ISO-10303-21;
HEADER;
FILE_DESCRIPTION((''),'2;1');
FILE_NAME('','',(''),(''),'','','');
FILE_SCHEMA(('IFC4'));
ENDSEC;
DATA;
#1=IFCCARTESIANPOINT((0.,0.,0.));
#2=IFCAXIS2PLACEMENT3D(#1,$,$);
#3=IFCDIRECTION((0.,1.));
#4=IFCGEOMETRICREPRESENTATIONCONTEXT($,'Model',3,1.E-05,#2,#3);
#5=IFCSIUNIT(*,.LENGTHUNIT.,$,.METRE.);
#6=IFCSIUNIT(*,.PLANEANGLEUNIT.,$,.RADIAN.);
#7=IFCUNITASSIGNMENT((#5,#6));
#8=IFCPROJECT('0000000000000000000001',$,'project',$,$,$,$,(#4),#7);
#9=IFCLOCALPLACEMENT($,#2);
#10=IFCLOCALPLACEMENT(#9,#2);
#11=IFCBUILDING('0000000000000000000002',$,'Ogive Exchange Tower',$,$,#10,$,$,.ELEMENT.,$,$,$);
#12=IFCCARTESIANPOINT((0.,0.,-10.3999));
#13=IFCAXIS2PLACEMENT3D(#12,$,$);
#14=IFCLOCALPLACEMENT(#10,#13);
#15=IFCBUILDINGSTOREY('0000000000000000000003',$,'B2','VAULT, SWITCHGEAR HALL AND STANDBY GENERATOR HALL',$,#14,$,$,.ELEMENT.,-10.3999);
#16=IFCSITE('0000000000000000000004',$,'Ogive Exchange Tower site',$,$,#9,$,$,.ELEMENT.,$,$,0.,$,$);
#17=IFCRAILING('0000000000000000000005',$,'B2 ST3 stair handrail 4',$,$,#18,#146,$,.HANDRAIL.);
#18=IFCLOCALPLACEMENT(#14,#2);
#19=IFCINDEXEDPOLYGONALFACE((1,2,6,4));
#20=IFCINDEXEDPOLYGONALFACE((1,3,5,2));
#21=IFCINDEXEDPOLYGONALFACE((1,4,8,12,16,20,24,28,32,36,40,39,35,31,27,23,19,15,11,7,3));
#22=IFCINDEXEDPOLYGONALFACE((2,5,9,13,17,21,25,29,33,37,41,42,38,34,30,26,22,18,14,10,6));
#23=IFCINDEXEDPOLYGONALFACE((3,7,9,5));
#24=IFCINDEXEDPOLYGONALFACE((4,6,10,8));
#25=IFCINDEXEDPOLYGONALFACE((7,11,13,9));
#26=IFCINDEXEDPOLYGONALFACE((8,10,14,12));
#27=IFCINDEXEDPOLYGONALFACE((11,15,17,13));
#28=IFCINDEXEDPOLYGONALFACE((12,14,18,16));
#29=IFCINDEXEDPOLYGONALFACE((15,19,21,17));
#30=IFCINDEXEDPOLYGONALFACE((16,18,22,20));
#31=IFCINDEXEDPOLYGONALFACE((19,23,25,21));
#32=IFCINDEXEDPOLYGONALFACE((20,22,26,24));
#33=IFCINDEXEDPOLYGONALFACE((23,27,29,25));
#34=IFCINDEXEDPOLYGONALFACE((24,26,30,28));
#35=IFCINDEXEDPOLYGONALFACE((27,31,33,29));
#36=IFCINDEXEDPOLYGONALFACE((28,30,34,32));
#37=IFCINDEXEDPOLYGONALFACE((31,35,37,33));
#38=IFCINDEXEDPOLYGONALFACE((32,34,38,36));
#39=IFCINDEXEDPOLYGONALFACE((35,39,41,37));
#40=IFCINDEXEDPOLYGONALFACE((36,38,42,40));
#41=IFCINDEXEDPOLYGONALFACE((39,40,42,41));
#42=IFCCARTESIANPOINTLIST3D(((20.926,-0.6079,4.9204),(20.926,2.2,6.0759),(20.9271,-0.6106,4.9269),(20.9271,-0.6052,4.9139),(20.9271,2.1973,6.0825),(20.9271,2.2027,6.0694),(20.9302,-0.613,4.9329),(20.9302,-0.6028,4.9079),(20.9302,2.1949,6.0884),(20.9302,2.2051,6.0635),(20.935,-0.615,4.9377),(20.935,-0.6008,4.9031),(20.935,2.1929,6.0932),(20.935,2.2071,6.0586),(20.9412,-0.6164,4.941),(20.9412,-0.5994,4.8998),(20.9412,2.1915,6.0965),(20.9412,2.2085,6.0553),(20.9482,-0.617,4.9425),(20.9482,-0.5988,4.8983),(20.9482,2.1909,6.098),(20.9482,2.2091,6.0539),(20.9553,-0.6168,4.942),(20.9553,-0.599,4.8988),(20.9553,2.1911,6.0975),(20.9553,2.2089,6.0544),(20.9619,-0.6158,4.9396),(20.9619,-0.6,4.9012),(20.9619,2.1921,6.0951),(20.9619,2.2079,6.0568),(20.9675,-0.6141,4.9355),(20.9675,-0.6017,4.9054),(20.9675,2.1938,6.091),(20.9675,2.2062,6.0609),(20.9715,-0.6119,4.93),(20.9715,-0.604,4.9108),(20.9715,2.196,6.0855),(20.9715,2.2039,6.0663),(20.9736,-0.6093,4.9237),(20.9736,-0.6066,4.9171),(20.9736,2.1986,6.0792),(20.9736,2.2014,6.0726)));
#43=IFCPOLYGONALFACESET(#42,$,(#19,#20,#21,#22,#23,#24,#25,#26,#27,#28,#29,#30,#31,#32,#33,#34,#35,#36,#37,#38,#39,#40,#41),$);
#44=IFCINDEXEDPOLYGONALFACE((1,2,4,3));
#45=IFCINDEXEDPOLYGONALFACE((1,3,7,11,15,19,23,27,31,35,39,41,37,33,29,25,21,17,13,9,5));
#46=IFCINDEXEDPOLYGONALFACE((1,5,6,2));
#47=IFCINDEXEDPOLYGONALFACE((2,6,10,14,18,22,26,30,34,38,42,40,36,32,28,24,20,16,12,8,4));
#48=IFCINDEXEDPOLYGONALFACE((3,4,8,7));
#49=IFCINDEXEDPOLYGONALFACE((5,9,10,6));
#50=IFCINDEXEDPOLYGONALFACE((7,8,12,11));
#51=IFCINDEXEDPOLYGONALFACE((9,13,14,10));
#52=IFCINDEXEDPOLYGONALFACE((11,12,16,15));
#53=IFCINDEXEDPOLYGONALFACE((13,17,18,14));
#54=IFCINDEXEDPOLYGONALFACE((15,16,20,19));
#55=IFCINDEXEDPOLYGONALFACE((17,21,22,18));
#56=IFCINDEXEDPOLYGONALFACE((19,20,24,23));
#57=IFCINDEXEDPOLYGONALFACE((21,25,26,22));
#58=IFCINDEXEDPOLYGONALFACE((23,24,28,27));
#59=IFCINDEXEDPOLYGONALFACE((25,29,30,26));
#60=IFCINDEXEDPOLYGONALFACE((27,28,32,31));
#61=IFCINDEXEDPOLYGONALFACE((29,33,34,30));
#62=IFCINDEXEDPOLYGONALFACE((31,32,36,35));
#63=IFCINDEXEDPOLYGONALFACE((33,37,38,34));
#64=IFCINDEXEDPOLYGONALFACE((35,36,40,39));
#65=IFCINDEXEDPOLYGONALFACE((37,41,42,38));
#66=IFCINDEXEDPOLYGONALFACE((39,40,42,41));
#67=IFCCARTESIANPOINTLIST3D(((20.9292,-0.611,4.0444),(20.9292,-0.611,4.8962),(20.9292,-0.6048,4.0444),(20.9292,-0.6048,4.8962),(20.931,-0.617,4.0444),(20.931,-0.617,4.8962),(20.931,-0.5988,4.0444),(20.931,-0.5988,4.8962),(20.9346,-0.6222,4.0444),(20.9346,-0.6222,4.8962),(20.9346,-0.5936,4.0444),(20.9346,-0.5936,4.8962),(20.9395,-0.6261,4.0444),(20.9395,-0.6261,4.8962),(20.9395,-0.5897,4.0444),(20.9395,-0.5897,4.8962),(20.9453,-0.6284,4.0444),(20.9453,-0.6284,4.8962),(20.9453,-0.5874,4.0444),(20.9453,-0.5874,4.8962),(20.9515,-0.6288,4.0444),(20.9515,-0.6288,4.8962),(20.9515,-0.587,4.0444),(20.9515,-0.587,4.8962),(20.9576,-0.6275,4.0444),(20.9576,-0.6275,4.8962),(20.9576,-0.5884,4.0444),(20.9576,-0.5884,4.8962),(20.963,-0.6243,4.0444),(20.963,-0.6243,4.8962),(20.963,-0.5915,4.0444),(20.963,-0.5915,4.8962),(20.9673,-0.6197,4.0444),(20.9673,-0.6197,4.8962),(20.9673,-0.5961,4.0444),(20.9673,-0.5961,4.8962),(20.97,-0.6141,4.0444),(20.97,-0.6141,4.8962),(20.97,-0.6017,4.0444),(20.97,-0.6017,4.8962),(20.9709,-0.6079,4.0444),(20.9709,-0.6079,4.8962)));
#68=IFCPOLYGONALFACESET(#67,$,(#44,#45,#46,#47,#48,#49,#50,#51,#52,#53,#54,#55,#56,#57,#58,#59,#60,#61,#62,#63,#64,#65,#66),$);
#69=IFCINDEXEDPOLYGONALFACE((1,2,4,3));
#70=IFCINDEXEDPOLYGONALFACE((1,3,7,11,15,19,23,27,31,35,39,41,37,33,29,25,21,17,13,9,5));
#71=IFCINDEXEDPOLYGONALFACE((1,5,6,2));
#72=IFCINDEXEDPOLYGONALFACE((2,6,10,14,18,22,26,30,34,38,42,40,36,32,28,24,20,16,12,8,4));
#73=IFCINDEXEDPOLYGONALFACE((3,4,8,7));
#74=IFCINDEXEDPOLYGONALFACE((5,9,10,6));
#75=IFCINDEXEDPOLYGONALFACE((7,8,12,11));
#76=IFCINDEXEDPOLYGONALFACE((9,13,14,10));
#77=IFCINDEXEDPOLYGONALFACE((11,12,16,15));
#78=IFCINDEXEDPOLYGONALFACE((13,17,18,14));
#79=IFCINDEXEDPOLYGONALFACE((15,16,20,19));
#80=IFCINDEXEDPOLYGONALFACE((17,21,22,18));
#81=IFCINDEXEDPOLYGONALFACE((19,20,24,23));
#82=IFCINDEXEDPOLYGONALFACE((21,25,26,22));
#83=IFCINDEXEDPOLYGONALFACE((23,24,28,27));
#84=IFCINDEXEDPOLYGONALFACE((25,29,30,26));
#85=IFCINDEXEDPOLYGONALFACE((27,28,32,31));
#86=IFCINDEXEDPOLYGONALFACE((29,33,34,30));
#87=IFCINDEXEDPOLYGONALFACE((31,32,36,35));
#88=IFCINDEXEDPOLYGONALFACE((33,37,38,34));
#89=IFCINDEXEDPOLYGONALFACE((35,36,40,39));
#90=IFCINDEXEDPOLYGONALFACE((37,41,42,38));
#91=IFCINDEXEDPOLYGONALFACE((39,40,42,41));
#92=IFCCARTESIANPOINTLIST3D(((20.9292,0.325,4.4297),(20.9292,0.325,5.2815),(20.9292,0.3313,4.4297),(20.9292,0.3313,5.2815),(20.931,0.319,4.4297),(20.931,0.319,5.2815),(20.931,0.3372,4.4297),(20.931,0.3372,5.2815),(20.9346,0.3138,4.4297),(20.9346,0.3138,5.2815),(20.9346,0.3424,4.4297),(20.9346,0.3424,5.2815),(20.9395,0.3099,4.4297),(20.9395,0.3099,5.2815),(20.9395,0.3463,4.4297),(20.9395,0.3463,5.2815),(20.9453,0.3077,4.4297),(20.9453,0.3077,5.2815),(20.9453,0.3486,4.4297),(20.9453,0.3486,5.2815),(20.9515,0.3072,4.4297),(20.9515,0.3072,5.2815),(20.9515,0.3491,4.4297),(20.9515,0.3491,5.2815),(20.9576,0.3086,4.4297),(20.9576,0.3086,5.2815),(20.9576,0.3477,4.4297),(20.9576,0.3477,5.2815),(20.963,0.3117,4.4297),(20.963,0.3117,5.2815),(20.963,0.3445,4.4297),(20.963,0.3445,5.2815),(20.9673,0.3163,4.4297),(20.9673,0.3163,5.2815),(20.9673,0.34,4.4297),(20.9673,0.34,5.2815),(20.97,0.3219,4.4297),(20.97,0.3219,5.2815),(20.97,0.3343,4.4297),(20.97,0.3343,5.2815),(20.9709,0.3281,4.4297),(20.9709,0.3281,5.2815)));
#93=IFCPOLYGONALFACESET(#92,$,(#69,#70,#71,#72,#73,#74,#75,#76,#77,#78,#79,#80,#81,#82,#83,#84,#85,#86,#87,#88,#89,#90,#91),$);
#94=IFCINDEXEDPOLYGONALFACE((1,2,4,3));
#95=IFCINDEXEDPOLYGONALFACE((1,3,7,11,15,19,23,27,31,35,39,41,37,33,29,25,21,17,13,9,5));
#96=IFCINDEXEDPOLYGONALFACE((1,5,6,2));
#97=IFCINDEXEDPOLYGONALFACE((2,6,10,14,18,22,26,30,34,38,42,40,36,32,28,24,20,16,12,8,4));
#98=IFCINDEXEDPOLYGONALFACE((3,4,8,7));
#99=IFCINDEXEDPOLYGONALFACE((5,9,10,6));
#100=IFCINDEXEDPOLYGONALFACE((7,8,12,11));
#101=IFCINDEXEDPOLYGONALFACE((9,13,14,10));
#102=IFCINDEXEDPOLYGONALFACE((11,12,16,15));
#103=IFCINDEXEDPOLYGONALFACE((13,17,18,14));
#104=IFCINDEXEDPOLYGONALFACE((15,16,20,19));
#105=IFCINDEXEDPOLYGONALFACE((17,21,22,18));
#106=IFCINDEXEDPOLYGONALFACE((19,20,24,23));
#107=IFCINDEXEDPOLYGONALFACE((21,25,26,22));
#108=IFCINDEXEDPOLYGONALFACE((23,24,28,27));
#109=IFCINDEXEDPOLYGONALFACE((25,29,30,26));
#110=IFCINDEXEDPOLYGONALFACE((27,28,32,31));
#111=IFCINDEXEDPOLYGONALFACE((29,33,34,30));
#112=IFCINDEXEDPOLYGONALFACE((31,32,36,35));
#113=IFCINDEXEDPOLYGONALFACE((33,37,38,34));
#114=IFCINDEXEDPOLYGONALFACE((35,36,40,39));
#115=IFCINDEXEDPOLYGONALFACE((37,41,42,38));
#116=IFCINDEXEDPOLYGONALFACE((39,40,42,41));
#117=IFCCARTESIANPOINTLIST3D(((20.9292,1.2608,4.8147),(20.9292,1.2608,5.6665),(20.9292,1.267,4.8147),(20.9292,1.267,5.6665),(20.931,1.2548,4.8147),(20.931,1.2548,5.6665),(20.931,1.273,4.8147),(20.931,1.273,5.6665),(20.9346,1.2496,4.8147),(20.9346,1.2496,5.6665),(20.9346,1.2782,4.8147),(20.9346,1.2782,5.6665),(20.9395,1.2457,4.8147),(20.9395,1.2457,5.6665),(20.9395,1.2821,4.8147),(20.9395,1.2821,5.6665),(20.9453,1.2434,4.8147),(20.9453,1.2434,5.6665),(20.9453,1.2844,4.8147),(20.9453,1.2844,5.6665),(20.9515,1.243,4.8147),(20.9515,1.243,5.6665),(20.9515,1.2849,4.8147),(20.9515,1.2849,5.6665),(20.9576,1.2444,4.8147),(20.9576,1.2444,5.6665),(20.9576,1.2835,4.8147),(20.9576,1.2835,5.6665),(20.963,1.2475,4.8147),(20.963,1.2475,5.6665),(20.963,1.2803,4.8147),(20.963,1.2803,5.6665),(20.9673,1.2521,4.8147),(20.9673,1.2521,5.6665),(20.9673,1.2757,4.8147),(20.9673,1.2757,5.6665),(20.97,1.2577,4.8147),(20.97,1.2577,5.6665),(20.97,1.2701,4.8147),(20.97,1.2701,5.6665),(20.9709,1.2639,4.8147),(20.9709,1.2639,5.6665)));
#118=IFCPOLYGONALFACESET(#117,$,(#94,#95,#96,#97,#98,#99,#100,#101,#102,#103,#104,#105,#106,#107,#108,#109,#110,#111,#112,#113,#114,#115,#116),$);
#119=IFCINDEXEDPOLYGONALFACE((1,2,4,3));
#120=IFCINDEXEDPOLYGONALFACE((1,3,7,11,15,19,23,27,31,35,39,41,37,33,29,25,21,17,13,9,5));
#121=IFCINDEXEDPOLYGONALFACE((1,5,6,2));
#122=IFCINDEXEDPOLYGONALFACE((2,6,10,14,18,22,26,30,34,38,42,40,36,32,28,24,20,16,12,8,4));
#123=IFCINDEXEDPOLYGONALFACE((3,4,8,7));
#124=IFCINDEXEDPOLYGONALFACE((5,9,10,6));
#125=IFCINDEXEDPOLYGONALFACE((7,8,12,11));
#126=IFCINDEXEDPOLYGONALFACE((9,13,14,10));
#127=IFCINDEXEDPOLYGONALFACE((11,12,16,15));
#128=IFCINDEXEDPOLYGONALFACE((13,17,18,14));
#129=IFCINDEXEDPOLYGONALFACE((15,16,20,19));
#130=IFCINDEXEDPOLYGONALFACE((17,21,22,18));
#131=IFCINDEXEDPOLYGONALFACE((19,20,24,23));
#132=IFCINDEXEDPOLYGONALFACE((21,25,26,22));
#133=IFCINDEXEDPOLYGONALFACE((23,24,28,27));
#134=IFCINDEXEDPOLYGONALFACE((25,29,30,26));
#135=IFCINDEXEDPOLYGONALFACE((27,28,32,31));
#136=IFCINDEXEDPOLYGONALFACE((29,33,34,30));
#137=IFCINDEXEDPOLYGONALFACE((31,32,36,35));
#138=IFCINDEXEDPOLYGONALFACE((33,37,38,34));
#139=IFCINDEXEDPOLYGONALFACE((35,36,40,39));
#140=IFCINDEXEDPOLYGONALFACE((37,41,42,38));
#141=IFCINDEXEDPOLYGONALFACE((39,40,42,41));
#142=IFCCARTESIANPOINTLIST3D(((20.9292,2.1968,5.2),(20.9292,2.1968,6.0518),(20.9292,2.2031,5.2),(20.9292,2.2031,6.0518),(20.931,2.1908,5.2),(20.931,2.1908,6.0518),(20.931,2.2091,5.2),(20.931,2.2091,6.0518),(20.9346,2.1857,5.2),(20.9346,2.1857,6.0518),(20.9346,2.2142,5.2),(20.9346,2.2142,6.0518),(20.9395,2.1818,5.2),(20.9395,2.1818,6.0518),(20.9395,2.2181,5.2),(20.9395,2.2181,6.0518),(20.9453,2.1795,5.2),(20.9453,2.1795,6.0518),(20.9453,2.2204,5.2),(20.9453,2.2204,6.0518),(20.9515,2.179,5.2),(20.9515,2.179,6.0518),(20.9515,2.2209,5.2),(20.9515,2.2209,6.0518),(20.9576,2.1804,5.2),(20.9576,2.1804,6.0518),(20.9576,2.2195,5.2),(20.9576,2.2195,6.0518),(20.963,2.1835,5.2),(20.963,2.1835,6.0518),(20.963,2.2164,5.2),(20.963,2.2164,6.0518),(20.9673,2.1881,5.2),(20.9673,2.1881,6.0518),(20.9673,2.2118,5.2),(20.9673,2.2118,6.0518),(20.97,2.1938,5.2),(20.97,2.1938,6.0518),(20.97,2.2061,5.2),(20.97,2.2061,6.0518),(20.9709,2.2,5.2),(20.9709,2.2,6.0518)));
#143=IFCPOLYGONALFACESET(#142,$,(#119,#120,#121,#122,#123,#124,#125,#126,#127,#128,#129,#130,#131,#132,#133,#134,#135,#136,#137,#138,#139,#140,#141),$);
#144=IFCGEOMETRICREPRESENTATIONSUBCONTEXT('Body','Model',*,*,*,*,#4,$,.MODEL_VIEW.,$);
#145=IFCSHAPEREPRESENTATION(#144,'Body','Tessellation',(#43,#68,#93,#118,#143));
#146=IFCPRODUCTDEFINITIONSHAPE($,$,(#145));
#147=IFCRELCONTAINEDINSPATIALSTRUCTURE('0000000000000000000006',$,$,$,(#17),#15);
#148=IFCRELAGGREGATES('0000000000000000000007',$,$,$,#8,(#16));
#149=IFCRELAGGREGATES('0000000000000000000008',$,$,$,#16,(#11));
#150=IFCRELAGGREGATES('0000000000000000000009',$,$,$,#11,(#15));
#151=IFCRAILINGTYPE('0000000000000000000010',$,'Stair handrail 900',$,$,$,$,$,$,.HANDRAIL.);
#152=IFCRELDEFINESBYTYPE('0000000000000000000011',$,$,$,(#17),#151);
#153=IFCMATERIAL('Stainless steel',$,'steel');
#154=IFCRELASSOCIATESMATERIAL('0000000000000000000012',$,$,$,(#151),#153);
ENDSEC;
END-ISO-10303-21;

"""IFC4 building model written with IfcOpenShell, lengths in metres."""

from ifc_helpers import new_model, si_unit, direction, frame, origin, origin_2d, place, context, subcontext, project, spatial, circle, extrude, material, type_object, element, save


model = new_model("IFC4")

# Units and contexts
model_context = context("Model", 3, precision=1e-05, world=origin(), true_north=direction((0.0, 1.0)))
body_context = subcontext(model_context, "Body", "Model", "MODEL_VIEW")
ifc_project = project(units=[si_unit("LENGTHUNIT", "METRE"), si_unit("PLANEANGLEUNIT", "RADIAN")], contexts=[model_context])

# Site, building, storey
site_placement = place(None, origin())
site = spatial("IfcSite", under=ifc_project, at=site_placement, Name="Ogive Exchange Tower site", CompositionType="ELEMENT", RefElevation=0.0)
building_placement = place(site_placement, origin())
building = spatial("IfcBuilding", under=site, at=building_placement, Name="Ogive Exchange Tower", CompositionType="ELEMENT")
storey_placement = place(building_placement, frame((0.0, 0.0, -10.3999)))
storey = spatial("IfcBuildingStorey", under=building, at=storey_placement, Name="B2", Description="VAULT, SWITCHGEAR HALL AND STANDBY GENERATOR HALL", CompositionType="ELEMENT", Elevation=-10.3999)

# Railing
ifc_material_1 = material(Name="Stainless steel", Category="steel")
railing_type = type_object("IfcRailingType", Name="Stair handrail 900", PredefinedType="HANDRAIL", material=ifc_material_1)
for number, where, name in (
    (1, (20.95, -0.6079, 4.0444), "B2 ST3 stair handrail 4"),
):
    element("IfcRailing", number, at=place(storey_placement, frame(where)), inside=storey, type_object=railing_type, Name=name, PredefinedType="HANDRAIL", context=body_context, shape_type="SweptSolid", body=[
        extrude(circle(Radius=0.0239, at=origin_2d()), frame((0.0, 0.0, 0.876), z_axis=(0.0, 0.924755, 0.380564), x_axis=(-1.0, 0.0, 0.0)), (0.0, 0.0, 1.0), 3.0364),
        extrude(circle(Radius=0.021, at=origin_2d()), origin(), (0.0, 0.0, 1.0), 0.8518),
        extrude(circle(Radius=0.021, at=origin_2d()), frame((0.0, 0.936, 0.3853)), (0.0, 0.0, 1.0), 0.8518),
        extrude(circle(Radius=0.021, at=origin_2d()), frame((0.0, 1.8718, 0.7703)), (0.0, 0.0, 1.0), 0.8518),
        extrude(circle(Radius=0.021, at=origin_2d()), frame((0.0, 2.8079, 1.1555)), (0.0, 0.0, 1.0), 0.8518),
    ])

save(model, "model.ifc")
